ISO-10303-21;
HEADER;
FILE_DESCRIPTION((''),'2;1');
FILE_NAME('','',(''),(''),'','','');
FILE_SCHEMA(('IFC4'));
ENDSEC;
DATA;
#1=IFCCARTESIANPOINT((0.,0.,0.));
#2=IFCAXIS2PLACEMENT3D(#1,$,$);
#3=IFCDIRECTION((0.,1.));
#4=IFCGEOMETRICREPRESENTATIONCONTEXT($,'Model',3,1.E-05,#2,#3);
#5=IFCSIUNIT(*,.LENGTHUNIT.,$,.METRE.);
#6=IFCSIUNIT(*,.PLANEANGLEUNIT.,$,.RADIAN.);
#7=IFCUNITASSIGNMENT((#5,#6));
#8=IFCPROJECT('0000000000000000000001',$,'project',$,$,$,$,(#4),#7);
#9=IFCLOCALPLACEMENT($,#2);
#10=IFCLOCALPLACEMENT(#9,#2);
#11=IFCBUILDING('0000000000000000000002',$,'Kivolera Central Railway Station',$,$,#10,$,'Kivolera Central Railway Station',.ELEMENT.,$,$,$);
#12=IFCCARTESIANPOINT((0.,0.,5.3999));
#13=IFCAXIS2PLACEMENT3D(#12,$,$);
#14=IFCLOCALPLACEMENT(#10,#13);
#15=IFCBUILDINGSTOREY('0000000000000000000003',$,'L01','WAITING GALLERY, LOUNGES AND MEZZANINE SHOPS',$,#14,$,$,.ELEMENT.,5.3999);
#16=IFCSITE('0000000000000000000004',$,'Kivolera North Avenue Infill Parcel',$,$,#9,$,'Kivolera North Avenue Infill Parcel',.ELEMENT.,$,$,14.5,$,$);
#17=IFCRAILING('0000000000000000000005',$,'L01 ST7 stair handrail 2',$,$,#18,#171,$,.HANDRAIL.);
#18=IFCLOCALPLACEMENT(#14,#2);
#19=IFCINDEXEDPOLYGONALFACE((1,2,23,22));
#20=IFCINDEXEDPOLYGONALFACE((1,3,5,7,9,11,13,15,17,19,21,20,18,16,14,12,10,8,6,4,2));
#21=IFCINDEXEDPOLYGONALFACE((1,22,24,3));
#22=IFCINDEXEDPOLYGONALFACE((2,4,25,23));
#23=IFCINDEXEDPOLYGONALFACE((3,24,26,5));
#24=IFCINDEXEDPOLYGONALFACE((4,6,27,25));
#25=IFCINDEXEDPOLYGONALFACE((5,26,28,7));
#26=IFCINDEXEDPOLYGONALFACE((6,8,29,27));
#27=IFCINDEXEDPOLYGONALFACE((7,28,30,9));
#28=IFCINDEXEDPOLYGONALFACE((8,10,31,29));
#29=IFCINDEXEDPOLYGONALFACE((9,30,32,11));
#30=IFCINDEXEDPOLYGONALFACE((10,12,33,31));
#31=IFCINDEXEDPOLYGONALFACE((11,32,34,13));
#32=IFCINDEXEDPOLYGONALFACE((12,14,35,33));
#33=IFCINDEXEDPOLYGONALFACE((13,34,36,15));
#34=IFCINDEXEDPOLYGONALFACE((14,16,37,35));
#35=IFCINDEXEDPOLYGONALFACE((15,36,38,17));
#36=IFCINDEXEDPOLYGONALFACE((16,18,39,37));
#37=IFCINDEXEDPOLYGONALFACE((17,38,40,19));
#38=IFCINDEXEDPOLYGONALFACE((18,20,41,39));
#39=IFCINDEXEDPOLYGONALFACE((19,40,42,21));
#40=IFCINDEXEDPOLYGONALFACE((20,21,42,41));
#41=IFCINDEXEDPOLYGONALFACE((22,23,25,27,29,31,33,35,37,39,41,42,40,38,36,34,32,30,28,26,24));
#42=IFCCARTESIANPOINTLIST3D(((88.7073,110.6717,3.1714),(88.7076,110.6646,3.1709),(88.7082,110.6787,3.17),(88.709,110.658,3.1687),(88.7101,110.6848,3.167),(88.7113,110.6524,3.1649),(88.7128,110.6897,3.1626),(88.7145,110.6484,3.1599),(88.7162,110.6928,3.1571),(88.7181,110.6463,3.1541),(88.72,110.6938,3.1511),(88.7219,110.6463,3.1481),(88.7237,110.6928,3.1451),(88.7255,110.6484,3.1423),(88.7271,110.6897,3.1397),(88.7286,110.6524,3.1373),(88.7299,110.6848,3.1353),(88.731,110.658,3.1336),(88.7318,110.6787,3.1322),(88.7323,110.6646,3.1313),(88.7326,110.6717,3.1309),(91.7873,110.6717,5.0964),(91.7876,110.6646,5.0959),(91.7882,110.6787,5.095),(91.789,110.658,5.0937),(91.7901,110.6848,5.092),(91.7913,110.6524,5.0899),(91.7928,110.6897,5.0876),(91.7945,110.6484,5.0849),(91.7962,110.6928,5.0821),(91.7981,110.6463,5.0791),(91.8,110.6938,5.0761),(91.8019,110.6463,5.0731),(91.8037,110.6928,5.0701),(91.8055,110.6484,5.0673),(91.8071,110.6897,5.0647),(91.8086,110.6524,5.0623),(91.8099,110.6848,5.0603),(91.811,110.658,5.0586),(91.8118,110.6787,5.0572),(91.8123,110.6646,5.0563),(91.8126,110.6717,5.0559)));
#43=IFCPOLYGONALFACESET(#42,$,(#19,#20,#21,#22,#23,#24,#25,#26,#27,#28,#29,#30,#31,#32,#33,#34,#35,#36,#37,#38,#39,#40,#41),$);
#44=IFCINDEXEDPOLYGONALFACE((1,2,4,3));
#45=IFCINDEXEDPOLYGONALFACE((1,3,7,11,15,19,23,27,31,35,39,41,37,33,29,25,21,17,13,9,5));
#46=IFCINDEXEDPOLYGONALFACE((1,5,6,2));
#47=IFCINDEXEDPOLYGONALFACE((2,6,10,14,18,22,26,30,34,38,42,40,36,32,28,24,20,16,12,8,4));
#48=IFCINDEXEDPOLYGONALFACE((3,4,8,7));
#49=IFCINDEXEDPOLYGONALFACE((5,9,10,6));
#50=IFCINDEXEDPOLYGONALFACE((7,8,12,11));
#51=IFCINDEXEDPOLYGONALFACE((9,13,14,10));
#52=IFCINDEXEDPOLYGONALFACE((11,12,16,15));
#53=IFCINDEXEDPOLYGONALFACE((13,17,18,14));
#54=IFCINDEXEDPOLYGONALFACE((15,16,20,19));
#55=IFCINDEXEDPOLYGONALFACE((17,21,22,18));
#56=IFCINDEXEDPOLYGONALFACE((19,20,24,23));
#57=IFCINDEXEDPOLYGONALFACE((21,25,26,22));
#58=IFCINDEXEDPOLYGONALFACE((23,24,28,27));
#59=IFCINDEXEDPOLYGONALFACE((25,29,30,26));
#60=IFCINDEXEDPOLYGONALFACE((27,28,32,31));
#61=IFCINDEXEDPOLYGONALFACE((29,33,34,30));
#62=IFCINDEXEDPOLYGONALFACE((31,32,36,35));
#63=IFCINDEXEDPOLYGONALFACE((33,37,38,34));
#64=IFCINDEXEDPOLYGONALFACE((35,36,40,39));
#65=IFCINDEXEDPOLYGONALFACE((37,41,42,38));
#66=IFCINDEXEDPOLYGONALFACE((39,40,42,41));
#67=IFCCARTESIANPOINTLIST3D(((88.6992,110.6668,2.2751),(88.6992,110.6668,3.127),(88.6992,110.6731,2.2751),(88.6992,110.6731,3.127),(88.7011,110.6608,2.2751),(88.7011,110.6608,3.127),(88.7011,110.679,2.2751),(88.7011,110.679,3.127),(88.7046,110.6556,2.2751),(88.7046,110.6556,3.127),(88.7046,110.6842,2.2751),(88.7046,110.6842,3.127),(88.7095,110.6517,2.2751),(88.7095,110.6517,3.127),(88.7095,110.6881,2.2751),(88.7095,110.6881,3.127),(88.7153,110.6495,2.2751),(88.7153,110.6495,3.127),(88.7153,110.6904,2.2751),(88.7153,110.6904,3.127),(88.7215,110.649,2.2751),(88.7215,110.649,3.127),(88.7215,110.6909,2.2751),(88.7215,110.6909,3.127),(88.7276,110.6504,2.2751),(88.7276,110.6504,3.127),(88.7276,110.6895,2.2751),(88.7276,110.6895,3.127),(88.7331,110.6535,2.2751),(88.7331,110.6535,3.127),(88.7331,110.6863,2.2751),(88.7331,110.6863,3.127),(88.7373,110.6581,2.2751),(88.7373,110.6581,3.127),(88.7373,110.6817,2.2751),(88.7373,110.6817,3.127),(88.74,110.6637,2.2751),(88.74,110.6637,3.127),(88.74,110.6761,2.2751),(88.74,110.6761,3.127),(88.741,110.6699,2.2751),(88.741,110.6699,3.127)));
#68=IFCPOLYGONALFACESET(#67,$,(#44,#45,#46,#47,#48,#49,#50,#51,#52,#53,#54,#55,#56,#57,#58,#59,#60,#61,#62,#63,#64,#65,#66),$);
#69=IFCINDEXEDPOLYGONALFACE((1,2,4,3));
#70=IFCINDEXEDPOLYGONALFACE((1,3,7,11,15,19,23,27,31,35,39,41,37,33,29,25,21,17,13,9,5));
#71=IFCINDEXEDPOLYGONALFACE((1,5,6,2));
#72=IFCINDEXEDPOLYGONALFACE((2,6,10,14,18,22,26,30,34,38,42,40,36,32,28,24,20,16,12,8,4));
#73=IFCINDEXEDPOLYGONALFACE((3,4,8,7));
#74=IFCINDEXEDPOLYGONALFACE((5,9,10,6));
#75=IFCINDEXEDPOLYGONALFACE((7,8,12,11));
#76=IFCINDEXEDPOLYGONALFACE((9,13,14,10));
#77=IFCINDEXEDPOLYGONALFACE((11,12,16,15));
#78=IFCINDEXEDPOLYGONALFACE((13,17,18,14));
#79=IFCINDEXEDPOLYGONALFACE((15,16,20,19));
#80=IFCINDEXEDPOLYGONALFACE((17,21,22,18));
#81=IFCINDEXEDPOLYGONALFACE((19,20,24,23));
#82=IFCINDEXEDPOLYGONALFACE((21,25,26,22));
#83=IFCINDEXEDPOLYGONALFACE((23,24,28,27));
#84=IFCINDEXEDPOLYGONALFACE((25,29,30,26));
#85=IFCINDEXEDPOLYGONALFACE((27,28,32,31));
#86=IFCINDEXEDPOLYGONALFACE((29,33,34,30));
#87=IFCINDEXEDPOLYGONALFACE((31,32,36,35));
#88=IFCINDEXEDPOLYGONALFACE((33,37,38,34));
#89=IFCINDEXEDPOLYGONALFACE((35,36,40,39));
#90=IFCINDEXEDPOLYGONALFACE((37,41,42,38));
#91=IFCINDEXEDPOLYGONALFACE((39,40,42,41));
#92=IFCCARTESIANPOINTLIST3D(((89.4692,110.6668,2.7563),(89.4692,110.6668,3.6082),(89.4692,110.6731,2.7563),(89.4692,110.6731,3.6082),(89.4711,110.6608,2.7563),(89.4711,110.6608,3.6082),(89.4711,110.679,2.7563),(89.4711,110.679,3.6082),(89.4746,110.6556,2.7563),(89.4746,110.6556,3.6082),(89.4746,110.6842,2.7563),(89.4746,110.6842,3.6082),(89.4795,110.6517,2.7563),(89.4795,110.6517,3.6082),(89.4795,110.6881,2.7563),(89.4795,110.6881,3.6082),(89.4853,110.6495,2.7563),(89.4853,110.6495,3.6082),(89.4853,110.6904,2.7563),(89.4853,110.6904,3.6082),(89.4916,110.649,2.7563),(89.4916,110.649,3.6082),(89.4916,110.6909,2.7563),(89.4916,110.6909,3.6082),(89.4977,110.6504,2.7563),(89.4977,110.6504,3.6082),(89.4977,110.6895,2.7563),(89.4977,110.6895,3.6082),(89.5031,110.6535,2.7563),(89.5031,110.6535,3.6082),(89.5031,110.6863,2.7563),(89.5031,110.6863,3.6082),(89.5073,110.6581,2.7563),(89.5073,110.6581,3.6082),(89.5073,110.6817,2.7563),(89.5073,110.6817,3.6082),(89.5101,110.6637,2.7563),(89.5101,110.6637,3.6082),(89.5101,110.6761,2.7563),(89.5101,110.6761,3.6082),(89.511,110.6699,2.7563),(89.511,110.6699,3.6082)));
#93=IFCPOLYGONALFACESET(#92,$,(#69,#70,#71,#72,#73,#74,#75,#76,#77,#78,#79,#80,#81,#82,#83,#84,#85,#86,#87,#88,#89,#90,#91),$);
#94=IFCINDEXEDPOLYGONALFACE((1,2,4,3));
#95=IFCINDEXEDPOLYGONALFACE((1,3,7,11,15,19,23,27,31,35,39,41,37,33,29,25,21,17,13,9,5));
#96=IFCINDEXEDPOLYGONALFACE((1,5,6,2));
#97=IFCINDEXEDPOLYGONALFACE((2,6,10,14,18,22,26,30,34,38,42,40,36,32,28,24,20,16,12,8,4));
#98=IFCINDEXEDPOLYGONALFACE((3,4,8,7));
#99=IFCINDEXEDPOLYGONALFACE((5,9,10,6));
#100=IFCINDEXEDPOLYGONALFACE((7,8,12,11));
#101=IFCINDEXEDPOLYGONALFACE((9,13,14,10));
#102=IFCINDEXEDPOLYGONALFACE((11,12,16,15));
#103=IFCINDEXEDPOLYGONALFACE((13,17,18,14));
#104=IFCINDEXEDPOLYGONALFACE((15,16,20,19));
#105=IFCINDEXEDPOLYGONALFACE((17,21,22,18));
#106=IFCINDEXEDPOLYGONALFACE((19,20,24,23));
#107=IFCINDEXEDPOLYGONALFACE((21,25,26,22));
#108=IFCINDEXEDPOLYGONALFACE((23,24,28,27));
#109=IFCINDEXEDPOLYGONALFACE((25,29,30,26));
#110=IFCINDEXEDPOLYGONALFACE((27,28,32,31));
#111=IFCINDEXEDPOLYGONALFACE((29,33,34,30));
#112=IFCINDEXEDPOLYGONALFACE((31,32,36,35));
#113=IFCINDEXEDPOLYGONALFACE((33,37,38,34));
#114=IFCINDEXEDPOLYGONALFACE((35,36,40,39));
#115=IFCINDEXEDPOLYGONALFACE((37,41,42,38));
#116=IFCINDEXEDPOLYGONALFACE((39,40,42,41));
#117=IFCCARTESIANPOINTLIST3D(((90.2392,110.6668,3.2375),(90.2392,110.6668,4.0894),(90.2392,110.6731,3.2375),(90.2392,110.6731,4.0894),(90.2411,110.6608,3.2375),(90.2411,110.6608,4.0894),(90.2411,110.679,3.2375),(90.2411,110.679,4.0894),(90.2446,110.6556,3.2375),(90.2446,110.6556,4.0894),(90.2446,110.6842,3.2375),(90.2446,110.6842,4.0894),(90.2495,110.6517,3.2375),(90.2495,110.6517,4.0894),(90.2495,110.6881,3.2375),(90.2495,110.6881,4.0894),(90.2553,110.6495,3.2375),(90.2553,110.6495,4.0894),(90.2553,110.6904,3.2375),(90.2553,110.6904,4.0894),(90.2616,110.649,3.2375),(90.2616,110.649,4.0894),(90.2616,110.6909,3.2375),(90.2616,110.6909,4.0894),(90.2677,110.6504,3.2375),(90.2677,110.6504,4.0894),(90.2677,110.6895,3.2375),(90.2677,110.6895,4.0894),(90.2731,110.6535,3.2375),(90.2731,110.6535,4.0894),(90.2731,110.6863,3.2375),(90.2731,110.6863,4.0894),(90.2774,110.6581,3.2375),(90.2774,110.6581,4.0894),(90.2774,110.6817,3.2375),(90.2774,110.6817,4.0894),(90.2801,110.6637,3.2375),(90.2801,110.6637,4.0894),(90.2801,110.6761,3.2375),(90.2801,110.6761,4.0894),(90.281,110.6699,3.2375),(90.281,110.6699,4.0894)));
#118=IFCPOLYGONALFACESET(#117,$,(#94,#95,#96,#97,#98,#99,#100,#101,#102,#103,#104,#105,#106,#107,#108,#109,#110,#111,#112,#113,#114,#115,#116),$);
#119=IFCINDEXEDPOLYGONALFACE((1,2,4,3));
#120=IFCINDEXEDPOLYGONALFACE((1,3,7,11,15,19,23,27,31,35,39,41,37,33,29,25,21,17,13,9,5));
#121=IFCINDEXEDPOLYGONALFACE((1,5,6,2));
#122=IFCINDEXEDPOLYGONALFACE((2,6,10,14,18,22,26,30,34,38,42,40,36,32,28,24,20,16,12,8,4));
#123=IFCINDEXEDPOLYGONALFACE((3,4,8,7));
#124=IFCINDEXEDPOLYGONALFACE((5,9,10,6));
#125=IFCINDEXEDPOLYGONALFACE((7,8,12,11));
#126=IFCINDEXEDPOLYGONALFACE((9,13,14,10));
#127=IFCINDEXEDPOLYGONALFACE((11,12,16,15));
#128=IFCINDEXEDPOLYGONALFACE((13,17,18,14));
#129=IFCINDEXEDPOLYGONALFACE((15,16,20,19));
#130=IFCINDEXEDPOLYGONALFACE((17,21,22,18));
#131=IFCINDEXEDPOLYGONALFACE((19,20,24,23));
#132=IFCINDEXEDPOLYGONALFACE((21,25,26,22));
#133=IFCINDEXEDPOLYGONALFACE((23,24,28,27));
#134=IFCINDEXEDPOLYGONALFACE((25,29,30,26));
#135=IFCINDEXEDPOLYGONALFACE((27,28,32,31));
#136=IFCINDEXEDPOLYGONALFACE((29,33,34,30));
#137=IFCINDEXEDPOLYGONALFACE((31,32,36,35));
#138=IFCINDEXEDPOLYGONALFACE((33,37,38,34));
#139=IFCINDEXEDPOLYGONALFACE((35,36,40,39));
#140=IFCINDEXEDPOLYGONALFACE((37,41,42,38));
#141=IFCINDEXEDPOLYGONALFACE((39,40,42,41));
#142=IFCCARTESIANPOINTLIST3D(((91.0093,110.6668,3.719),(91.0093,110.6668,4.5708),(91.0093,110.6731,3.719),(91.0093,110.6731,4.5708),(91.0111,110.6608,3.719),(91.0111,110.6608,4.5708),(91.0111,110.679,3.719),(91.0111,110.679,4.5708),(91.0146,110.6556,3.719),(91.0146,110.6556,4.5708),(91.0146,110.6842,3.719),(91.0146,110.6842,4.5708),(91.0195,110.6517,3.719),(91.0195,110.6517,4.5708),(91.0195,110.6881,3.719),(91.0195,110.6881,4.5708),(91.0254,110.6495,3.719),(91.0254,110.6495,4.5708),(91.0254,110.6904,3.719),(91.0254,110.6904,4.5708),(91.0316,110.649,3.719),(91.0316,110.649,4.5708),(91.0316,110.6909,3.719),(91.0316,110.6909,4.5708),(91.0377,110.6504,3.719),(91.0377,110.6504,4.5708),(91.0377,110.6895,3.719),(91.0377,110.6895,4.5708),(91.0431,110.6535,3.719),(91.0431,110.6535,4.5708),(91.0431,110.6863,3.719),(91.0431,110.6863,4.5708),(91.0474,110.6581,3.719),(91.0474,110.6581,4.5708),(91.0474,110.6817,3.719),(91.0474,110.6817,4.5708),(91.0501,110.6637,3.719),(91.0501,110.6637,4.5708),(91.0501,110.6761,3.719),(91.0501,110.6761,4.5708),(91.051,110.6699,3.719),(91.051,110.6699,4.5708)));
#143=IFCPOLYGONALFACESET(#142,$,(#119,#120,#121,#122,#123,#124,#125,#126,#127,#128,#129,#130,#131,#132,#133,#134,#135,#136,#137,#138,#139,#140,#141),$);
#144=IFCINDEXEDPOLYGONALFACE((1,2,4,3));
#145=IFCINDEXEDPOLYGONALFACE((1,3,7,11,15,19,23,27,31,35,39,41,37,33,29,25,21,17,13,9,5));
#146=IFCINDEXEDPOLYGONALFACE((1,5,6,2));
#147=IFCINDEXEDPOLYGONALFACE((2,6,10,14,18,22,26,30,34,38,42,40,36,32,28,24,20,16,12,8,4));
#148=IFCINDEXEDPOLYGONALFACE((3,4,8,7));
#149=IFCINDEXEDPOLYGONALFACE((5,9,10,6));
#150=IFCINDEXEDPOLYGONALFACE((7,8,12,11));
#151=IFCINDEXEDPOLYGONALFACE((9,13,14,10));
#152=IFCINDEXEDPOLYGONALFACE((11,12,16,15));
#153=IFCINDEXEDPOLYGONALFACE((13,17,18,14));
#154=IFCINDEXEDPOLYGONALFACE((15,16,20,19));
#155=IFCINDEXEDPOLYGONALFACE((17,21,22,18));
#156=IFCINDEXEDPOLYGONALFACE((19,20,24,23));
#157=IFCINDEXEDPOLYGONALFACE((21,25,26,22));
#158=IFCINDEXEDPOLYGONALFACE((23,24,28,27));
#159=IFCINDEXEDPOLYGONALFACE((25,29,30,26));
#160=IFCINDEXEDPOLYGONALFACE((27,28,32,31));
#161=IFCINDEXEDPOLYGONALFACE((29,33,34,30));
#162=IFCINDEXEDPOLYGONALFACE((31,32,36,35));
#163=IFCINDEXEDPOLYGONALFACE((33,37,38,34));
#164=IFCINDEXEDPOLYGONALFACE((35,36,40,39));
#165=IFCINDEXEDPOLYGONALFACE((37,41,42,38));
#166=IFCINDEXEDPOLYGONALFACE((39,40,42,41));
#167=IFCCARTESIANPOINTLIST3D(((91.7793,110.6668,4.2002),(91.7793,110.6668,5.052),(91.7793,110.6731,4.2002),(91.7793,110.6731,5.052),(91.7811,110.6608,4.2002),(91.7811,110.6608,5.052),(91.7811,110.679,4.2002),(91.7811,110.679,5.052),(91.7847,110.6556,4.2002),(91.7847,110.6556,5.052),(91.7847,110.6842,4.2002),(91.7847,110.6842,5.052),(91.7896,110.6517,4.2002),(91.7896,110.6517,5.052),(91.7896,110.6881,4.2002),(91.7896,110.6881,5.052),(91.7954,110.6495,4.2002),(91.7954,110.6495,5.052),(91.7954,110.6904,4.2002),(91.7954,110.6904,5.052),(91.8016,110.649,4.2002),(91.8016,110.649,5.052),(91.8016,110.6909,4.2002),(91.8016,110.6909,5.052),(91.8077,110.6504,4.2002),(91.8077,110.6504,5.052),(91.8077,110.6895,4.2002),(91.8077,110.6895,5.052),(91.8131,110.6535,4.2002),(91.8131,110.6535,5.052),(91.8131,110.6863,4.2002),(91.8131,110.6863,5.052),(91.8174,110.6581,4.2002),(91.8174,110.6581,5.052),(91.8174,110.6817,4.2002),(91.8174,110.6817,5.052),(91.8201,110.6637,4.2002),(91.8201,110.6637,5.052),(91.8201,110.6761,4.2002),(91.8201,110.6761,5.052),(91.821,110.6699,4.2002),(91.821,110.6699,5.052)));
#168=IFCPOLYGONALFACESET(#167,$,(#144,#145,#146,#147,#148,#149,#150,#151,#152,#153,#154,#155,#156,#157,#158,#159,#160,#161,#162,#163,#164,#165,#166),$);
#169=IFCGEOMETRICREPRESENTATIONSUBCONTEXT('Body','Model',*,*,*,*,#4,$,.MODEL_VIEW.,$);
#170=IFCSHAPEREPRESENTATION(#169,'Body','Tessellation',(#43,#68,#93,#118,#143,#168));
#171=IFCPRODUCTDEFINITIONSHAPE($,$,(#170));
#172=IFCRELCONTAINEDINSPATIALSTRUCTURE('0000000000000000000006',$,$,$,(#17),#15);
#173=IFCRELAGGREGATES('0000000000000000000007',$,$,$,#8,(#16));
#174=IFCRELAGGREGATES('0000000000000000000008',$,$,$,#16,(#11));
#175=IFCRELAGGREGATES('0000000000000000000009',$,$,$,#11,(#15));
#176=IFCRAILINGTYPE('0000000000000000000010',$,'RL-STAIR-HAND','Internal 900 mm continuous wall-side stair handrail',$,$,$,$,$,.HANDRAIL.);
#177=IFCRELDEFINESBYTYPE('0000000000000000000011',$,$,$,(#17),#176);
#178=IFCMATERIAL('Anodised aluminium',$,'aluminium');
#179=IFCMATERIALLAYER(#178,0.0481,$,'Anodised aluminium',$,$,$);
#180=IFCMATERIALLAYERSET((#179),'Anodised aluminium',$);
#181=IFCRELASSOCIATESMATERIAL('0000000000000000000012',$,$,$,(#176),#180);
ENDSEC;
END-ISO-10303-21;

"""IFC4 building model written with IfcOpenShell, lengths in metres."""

from ifc_helpers import new_model, si_unit, direction, frame, origin, origin_2d, place, context, subcontext, project, spatial, circle, extrude, material, layer, layer_set, type_object, element, save


model = new_model("IFC4")

# Units and contexts
model_context = context("Model", 3, precision=1e-05, world=origin(), true_north=direction((0.0, 1.0)))
body_context = subcontext(model_context, "Body", "Model", "MODEL_VIEW")
ifc_project = project(units=[si_unit("LENGTHUNIT", "METRE"), si_unit("PLANEANGLEUNIT", "RADIAN")], contexts=[model_context])

# Site, building, storey
site_placement = place(None, origin())
site = spatial("IfcSite", under=ifc_project, at=site_placement, Name="Kivolera North Avenue Infill Parcel", LongName="Kivolera North Avenue Infill Parcel", CompositionType="ELEMENT", RefElevation=14.5)
building_placement = place(site_placement, origin())
building = spatial("IfcBuilding", under=site, at=building_placement, Name="Kivolera Central Railway Station", LongName="Kivolera Central Railway Station", CompositionType="ELEMENT")
storey_placement = place(building_placement, frame((0.0, 0.0, 5.3999)))
storey = spatial("IfcBuildingStorey", under=building, at=storey_placement, Name="L01", Description="WAITING GALLERY, LOUNGES AND MEZZANINE SHOPS", CompositionType="ELEMENT", Elevation=5.3999)

# Shared definitions
ifc_material_1 = material(Name="Anodised aluminium", Category="aluminium")

# Railing
ifc_layer_1 = layer(ifc_material_1, 0.0481, Name="Anodised aluminium")
ifc_layer_set_1 = layer_set([ifc_layer_1], Name="Anodised aluminium")
railing_type_1 = type_object("IfcRailingType", Name="RL-STAIR-HAND", Description="Internal 900 mm continuous wall-side stair handrail", PredefinedType="HANDRAIL", material=ifc_layer_set_1)
railing_1_placement = place(storey_placement, frame((88.72, 110.6699, 2.2751)))
element("IfcRailing", 1, at=railing_1_placement, inside=storey, type_object=railing_type_1, Name="L01 ST7 stair handrail 2", PredefinedType="HANDRAIL", context=body_context, shape_type="SweptSolid", body=[
    extrude(circle(Radius=0.0239, at=origin_2d()), frame((0.0, 0.0, 0.876), z_axis=(0.847998, 0.0, 0.529999), x_axis=(0.0, 1.0, 0.0)), (0.0, 0.0, 1.0), 3.6321),
    extrude(circle(Radius=0.021, at=origin_2d()), origin(), (0.0, 0.0, 1.0), 0.8518),
    extrude(circle(Radius=0.021, at=origin_2d()), frame((0.77, 0.0, 0.4812)), (0.0, 0.0, 1.0), 0.8518),
    extrude(circle(Radius=0.021, at=origin_2d()), frame((1.54, 0.0, 0.9624)), (0.0, 0.0, 1.0), 0.8518),
    extrude(circle(Radius=0.021, at=origin_2d()), frame((2.3101, 0.0, 1.4438)), (0.0, 0.0, 1.0), 0.8518),
    extrude(circle(Radius=0.021, at=origin_2d()), frame((3.0801, 0.0, 1.925)), (0.0, 0.0, 1.0), 0.8518),
])

save(model, "model.ifc")
